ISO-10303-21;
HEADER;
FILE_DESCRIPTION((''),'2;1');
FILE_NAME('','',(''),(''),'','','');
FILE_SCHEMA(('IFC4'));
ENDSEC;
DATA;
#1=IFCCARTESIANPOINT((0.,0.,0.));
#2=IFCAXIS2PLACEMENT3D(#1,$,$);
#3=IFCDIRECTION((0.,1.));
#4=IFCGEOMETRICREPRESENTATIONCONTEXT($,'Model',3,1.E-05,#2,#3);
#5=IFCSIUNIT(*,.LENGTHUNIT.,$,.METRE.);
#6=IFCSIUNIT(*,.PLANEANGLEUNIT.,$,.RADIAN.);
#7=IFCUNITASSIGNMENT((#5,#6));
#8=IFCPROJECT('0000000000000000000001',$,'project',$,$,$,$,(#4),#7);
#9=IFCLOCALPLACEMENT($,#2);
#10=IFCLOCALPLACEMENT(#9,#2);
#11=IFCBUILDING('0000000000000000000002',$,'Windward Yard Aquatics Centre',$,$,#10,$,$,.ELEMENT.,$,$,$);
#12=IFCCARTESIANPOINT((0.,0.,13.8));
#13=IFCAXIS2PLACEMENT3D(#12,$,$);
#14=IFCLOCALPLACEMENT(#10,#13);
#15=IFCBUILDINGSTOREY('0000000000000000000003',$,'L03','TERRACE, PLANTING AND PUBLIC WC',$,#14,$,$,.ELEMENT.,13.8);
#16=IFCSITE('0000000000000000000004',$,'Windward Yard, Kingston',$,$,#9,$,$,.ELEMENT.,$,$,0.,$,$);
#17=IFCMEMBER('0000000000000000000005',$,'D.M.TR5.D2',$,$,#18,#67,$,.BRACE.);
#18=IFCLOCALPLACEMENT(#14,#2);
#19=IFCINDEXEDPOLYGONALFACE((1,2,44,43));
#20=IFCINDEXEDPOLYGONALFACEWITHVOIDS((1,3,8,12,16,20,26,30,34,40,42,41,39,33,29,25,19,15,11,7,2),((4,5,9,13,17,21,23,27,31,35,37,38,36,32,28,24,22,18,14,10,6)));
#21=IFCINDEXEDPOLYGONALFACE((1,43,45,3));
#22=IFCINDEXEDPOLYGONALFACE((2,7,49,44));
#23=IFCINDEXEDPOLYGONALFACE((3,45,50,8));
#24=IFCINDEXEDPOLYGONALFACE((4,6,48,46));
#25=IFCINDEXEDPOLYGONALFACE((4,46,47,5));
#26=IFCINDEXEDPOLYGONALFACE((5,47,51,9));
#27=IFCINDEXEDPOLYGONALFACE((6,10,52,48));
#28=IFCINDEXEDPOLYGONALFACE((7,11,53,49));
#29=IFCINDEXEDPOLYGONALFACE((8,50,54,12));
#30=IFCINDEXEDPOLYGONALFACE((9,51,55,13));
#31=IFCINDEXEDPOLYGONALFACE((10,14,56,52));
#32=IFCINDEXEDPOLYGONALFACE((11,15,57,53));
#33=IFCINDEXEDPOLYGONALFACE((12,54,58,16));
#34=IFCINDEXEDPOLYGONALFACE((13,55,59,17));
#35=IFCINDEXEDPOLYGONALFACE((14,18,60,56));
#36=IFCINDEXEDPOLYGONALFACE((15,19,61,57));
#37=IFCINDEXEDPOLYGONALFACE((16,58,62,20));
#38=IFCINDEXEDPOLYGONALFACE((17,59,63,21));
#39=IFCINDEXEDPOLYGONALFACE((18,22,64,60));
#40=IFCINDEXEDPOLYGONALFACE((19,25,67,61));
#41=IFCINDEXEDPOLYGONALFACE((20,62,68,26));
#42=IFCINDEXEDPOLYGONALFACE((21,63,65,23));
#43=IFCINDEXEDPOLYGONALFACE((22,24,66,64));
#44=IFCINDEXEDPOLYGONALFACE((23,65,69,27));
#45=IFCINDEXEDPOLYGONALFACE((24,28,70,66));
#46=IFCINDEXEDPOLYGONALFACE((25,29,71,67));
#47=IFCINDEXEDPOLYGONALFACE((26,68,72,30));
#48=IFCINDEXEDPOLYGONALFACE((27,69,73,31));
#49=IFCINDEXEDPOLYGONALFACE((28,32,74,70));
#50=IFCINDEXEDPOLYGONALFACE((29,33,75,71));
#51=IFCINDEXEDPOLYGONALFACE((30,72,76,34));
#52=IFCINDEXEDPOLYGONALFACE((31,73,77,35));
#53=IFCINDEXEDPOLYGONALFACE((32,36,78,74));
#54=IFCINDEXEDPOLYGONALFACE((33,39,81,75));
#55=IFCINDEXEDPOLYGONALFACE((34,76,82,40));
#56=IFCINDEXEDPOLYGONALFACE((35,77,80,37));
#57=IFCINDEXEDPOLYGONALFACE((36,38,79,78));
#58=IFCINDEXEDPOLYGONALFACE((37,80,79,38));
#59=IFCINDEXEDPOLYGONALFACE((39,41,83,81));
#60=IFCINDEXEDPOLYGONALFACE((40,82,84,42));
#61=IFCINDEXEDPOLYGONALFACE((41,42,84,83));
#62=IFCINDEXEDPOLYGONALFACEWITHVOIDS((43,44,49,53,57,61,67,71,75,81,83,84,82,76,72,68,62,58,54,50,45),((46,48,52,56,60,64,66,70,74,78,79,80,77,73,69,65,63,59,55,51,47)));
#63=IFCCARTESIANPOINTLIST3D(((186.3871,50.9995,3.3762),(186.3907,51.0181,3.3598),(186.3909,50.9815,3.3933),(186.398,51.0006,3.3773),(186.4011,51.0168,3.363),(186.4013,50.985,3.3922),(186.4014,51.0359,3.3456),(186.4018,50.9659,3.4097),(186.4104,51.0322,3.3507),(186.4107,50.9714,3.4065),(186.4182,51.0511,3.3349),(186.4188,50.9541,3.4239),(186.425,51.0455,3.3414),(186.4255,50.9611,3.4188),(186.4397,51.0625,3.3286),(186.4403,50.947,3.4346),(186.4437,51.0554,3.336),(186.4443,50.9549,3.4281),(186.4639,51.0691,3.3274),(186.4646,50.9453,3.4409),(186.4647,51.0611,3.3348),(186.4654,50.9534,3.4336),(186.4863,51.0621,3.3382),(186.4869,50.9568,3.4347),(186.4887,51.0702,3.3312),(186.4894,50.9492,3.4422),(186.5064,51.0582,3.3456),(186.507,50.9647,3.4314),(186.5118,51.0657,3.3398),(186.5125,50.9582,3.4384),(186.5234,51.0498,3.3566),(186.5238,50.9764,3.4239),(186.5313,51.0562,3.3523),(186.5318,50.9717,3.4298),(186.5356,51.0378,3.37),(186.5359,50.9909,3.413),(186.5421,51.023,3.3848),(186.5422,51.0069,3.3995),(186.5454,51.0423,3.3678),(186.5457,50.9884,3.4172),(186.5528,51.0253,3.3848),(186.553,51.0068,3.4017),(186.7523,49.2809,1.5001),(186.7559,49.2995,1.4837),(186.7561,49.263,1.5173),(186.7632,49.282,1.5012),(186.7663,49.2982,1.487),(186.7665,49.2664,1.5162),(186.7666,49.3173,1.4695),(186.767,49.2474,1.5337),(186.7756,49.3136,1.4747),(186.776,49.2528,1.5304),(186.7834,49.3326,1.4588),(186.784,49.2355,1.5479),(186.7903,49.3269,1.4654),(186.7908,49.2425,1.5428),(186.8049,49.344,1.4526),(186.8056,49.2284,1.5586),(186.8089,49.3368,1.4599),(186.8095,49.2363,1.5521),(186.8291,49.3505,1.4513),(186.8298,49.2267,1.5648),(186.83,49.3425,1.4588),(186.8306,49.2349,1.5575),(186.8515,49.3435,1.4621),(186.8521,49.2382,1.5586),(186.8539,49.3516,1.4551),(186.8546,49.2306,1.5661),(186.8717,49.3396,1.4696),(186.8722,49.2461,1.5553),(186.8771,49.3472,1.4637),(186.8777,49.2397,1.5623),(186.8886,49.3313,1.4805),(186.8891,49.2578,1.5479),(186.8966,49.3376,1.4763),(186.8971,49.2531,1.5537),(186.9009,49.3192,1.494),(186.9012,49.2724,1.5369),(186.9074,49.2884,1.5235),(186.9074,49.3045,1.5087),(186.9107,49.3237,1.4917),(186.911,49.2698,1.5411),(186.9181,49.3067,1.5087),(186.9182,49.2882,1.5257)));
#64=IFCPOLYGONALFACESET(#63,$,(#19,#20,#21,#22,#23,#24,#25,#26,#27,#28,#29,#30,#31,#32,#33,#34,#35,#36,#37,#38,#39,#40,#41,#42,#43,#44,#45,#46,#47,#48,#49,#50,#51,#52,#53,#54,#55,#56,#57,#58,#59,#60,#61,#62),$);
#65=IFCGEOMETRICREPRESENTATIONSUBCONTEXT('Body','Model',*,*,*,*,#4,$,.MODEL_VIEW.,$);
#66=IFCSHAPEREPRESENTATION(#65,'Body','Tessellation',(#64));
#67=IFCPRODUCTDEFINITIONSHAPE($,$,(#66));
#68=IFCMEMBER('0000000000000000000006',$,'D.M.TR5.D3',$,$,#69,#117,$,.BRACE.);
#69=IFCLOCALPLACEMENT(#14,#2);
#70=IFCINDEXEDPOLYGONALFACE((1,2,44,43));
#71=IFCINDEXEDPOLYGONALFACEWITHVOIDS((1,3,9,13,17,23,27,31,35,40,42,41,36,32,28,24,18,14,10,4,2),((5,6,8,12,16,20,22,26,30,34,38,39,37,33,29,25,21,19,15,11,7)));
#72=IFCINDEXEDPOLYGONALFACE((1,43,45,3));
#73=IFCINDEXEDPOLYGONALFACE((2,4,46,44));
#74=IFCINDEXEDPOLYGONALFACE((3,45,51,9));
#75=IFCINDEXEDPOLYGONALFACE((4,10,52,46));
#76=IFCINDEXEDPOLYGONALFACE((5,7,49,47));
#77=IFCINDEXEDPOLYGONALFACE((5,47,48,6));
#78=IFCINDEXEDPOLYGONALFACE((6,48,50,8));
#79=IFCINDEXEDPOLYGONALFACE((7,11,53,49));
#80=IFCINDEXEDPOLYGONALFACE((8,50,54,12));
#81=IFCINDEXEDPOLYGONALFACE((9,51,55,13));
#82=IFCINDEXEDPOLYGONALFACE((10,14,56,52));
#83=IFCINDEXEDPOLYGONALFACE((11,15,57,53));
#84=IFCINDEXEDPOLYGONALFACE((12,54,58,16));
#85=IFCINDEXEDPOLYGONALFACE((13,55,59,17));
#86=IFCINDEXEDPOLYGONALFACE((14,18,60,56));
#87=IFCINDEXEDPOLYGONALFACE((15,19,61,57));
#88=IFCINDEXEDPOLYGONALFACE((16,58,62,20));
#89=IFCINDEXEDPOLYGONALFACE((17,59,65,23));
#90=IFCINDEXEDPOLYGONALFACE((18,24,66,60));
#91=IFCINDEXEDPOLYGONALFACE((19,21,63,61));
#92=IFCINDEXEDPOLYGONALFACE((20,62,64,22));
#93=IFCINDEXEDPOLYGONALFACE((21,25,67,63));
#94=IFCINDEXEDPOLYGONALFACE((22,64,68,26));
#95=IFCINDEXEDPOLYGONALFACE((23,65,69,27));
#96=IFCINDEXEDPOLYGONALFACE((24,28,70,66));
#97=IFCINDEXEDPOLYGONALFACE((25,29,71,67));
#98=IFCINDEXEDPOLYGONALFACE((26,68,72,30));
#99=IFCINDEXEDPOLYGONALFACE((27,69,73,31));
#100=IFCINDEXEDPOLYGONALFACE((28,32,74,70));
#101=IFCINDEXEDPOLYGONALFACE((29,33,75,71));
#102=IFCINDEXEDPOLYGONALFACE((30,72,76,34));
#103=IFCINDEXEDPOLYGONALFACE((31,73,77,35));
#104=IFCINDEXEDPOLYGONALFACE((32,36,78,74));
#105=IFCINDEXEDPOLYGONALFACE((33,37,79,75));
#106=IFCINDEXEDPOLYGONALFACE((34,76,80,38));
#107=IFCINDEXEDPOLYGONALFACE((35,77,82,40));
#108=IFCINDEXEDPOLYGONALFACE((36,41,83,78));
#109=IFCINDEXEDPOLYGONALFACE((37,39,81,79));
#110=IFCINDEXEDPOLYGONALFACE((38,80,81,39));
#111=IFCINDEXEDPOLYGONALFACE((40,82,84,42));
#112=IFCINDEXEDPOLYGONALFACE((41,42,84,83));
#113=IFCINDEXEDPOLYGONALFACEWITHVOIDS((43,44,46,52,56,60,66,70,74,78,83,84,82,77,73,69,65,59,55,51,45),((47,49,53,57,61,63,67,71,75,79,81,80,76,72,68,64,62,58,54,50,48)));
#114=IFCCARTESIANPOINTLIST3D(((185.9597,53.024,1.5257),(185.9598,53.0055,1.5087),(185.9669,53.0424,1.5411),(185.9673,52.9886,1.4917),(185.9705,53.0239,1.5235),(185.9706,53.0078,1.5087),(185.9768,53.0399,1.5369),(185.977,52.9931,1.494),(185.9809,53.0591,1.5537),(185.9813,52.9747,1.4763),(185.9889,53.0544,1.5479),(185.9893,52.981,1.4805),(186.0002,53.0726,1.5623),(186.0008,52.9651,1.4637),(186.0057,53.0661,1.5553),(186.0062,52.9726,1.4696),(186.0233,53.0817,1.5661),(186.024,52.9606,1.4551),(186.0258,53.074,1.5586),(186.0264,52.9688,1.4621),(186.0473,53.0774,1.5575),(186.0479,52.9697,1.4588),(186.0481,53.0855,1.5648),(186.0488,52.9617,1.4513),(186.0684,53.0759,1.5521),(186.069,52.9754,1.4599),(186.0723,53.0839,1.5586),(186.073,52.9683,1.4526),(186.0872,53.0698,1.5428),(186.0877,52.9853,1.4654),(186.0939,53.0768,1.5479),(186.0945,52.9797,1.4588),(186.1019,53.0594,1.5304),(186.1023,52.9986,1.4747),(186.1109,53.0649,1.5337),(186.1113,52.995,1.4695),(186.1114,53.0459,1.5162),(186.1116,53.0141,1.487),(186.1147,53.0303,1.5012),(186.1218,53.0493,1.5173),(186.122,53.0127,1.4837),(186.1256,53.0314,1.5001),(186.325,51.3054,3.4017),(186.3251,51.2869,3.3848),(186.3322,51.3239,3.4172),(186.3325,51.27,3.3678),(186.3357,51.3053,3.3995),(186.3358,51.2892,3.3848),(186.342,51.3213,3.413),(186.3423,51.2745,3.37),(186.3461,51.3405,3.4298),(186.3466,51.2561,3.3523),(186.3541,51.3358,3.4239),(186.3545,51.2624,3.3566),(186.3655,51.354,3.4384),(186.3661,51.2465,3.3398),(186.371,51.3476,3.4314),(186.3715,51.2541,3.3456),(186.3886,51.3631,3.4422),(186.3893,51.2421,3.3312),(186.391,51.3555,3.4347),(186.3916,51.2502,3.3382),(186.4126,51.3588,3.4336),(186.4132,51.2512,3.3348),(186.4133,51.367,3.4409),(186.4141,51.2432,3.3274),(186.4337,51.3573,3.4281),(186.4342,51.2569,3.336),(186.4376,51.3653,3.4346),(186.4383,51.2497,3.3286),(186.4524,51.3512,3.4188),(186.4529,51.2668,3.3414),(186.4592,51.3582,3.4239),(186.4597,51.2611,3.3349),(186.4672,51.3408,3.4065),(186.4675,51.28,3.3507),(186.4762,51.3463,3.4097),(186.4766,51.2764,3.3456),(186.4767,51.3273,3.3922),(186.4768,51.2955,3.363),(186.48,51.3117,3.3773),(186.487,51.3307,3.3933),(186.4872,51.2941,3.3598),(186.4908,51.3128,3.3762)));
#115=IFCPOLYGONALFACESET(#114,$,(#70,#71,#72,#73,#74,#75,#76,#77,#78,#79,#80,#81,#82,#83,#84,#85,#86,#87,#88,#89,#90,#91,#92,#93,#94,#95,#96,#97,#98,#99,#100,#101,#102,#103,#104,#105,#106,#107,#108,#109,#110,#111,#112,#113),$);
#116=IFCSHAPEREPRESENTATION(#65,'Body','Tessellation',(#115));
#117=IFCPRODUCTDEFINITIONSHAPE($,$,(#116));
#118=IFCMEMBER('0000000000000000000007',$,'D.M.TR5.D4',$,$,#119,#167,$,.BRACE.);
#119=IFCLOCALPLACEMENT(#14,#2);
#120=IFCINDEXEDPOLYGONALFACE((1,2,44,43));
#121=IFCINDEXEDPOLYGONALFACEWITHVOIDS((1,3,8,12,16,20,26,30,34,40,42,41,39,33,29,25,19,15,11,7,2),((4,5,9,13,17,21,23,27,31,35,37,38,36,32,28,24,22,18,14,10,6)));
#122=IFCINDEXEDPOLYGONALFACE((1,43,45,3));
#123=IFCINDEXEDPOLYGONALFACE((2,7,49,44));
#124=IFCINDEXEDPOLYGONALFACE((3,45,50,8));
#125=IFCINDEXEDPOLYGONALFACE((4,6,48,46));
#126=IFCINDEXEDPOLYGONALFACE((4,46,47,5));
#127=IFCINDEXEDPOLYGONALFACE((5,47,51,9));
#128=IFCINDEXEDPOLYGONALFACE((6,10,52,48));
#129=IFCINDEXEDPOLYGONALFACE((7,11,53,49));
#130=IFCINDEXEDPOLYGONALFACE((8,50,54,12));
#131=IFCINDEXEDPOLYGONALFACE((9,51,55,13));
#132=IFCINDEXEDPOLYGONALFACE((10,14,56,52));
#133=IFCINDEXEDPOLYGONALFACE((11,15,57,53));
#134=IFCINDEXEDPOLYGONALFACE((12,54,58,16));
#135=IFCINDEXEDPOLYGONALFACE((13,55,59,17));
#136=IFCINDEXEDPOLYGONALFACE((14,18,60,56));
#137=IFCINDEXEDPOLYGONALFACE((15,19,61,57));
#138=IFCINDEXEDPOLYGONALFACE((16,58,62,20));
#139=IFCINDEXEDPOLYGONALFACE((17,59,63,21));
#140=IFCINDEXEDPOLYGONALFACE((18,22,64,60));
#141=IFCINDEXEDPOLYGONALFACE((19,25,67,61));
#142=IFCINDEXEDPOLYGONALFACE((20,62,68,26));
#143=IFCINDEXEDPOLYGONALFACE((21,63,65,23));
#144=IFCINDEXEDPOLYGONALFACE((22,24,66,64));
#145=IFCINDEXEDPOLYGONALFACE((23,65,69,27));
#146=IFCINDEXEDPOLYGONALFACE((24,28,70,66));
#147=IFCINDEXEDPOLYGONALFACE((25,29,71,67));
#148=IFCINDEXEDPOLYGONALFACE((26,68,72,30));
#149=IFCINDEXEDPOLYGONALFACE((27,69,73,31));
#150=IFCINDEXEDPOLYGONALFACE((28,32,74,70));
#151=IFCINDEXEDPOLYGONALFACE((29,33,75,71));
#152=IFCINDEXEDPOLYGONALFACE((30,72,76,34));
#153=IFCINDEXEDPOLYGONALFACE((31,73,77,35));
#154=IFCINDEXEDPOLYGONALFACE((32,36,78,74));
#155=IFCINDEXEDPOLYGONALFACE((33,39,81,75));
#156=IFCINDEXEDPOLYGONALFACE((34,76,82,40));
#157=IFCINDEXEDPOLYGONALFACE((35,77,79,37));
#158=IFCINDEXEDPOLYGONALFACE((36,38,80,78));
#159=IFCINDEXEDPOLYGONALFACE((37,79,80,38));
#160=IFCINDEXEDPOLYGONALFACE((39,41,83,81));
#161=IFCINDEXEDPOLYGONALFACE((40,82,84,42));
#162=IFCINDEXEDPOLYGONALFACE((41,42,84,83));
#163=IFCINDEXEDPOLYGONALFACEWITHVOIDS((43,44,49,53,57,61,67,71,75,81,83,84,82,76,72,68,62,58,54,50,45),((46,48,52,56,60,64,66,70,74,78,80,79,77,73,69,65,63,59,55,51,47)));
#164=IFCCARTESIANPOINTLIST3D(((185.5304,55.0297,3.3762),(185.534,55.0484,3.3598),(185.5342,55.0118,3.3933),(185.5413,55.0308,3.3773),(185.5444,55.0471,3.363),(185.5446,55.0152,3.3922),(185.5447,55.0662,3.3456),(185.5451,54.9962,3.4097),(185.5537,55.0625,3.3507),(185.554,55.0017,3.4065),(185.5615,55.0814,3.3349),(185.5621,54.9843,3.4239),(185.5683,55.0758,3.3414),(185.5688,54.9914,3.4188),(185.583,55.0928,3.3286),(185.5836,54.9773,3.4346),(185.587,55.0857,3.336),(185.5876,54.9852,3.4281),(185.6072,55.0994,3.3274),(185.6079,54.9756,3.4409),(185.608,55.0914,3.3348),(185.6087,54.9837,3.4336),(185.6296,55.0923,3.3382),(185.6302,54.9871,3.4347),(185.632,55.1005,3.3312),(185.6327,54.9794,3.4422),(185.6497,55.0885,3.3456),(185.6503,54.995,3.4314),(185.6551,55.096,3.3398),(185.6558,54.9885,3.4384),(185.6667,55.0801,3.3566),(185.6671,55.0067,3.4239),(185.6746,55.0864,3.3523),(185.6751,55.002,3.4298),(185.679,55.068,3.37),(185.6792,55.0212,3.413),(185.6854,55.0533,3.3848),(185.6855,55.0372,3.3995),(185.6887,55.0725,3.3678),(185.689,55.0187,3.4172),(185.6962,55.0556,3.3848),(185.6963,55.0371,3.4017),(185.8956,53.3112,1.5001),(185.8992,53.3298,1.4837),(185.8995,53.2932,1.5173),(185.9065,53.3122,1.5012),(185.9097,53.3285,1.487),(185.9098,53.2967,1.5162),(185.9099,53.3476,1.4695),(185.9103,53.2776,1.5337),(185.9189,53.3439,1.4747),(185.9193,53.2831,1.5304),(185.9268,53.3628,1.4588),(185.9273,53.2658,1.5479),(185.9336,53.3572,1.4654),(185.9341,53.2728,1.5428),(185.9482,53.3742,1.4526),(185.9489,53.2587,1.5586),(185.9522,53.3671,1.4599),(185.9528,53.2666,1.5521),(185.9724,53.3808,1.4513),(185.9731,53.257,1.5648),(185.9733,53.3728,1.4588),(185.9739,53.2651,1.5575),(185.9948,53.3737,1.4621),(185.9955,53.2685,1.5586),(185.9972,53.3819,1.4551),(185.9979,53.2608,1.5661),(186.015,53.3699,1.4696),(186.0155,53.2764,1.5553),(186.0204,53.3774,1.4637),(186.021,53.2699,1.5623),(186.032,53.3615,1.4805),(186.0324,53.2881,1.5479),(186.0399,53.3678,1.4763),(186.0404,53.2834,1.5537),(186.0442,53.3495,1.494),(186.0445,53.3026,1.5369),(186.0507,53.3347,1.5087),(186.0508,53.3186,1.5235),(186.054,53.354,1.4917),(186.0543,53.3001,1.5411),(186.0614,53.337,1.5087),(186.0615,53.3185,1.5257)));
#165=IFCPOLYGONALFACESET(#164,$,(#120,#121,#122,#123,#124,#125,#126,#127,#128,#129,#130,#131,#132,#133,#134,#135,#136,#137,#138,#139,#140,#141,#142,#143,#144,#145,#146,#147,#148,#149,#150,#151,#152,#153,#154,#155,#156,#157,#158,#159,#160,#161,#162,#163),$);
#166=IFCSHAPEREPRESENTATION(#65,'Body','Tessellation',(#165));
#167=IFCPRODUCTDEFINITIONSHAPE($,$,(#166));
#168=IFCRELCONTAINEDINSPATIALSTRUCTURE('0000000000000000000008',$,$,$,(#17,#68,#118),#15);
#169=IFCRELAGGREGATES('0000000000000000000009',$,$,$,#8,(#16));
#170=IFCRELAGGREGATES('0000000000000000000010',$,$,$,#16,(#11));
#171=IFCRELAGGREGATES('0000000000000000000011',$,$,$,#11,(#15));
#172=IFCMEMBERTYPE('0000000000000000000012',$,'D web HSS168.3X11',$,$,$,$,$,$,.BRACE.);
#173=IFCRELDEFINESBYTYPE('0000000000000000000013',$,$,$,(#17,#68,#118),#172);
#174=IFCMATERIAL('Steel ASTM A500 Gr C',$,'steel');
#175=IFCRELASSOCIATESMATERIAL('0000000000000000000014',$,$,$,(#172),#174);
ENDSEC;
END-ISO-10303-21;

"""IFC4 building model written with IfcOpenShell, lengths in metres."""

from ifc_helpers import new_model, si_unit, direction, frame, origin, origin_2d, place, context, subcontext, project, spatial, hollow_circle, extrude, material, material_profile, profile_set, type_object, element, save


model = new_model("IFC4")

# Units and contexts
model_context = context("Model", 3, precision=1e-05, world=origin(), true_north=direction((0.0, 1.0)))
body_context = subcontext(model_context, "Body", "Model", "MODEL_VIEW")
ifc_project = project(units=[si_unit("LENGTHUNIT", "METRE"), si_unit("PLANEANGLEUNIT", "RADIAN")], contexts=[model_context])

# Site, building, storey
site_placement = place(None, origin())
site = spatial("IfcSite", under=ifc_project, at=site_placement, Name="Windward Yard, Kingston", CompositionType="ELEMENT", RefElevation=0.0)
building_placement = place(site_placement, origin())
building = spatial("IfcBuilding", under=site, at=building_placement, Name="Windward Yard Aquatics Centre", CompositionType="ELEMENT")
storey_placement = place(building_placement, frame((0.0, 0.0, 13.8)))
storey = spatial("IfcBuildingStorey", under=building, at=storey_placement, Name="L03", Description="TERRACE, PLANTING AND PUBLIC WC", CompositionType="ELEMENT", Elevation=13.8)

# Shared definitions
ifc_material_1 = material(Name="Steel ASTM A500 Gr C", Category="steel")

# Members
ifc_material_profile_1 = material_profile(ifc_material_1, hollow_circle(Radius=0.0842, WallThickness=0.011, at=origin_2d()), Name="HSS168.3X11")
ifc_profile_set_1 = profile_set([ifc_material_profile_1], Name="Steel ASTM A500 Gr C")
member_type_1 = type_object("IfcMemberType", Name="D web HSS168.3X11", PredefinedType="BRACE", material=ifc_profile_set_1)
for number, where, z_axis, x_axis, name in (
    (1, (186.4705, 51.0078, 3.3848), (0.142103, -0.668626, -0.729894), (0.978153, 0.207887, 0.0), "D.M.TR5.D2"),
    (2, (186.4075, 51.3044, 3.3848), (-0.142103, 0.668626, -0.729894), (-0.978153, -0.207887, 0.0), "D.M.TR5.D3"),
    (3, (185.6138, 55.0381, 3.3848), (0.142103, -0.668626, -0.729894), (0.978153, 0.207887, 0.0), "D.M.TR5.D4"),
):
    element("IfcMember", number, at=place(storey_placement, frame(where, z_axis=z_axis, x_axis=x_axis)), inside=storey, type_object=member_type_1, Name=name, PredefinedType="BRACE", context=body_context, shape_type="SweptSolid", body=[
        extrude(hollow_circle(Radius=0.0842, WallThickness=0.011, at=origin_2d()), origin(), (0.0, 0.0, 1.0), 2.5703),
    ])

save(model, "model.ifc")
